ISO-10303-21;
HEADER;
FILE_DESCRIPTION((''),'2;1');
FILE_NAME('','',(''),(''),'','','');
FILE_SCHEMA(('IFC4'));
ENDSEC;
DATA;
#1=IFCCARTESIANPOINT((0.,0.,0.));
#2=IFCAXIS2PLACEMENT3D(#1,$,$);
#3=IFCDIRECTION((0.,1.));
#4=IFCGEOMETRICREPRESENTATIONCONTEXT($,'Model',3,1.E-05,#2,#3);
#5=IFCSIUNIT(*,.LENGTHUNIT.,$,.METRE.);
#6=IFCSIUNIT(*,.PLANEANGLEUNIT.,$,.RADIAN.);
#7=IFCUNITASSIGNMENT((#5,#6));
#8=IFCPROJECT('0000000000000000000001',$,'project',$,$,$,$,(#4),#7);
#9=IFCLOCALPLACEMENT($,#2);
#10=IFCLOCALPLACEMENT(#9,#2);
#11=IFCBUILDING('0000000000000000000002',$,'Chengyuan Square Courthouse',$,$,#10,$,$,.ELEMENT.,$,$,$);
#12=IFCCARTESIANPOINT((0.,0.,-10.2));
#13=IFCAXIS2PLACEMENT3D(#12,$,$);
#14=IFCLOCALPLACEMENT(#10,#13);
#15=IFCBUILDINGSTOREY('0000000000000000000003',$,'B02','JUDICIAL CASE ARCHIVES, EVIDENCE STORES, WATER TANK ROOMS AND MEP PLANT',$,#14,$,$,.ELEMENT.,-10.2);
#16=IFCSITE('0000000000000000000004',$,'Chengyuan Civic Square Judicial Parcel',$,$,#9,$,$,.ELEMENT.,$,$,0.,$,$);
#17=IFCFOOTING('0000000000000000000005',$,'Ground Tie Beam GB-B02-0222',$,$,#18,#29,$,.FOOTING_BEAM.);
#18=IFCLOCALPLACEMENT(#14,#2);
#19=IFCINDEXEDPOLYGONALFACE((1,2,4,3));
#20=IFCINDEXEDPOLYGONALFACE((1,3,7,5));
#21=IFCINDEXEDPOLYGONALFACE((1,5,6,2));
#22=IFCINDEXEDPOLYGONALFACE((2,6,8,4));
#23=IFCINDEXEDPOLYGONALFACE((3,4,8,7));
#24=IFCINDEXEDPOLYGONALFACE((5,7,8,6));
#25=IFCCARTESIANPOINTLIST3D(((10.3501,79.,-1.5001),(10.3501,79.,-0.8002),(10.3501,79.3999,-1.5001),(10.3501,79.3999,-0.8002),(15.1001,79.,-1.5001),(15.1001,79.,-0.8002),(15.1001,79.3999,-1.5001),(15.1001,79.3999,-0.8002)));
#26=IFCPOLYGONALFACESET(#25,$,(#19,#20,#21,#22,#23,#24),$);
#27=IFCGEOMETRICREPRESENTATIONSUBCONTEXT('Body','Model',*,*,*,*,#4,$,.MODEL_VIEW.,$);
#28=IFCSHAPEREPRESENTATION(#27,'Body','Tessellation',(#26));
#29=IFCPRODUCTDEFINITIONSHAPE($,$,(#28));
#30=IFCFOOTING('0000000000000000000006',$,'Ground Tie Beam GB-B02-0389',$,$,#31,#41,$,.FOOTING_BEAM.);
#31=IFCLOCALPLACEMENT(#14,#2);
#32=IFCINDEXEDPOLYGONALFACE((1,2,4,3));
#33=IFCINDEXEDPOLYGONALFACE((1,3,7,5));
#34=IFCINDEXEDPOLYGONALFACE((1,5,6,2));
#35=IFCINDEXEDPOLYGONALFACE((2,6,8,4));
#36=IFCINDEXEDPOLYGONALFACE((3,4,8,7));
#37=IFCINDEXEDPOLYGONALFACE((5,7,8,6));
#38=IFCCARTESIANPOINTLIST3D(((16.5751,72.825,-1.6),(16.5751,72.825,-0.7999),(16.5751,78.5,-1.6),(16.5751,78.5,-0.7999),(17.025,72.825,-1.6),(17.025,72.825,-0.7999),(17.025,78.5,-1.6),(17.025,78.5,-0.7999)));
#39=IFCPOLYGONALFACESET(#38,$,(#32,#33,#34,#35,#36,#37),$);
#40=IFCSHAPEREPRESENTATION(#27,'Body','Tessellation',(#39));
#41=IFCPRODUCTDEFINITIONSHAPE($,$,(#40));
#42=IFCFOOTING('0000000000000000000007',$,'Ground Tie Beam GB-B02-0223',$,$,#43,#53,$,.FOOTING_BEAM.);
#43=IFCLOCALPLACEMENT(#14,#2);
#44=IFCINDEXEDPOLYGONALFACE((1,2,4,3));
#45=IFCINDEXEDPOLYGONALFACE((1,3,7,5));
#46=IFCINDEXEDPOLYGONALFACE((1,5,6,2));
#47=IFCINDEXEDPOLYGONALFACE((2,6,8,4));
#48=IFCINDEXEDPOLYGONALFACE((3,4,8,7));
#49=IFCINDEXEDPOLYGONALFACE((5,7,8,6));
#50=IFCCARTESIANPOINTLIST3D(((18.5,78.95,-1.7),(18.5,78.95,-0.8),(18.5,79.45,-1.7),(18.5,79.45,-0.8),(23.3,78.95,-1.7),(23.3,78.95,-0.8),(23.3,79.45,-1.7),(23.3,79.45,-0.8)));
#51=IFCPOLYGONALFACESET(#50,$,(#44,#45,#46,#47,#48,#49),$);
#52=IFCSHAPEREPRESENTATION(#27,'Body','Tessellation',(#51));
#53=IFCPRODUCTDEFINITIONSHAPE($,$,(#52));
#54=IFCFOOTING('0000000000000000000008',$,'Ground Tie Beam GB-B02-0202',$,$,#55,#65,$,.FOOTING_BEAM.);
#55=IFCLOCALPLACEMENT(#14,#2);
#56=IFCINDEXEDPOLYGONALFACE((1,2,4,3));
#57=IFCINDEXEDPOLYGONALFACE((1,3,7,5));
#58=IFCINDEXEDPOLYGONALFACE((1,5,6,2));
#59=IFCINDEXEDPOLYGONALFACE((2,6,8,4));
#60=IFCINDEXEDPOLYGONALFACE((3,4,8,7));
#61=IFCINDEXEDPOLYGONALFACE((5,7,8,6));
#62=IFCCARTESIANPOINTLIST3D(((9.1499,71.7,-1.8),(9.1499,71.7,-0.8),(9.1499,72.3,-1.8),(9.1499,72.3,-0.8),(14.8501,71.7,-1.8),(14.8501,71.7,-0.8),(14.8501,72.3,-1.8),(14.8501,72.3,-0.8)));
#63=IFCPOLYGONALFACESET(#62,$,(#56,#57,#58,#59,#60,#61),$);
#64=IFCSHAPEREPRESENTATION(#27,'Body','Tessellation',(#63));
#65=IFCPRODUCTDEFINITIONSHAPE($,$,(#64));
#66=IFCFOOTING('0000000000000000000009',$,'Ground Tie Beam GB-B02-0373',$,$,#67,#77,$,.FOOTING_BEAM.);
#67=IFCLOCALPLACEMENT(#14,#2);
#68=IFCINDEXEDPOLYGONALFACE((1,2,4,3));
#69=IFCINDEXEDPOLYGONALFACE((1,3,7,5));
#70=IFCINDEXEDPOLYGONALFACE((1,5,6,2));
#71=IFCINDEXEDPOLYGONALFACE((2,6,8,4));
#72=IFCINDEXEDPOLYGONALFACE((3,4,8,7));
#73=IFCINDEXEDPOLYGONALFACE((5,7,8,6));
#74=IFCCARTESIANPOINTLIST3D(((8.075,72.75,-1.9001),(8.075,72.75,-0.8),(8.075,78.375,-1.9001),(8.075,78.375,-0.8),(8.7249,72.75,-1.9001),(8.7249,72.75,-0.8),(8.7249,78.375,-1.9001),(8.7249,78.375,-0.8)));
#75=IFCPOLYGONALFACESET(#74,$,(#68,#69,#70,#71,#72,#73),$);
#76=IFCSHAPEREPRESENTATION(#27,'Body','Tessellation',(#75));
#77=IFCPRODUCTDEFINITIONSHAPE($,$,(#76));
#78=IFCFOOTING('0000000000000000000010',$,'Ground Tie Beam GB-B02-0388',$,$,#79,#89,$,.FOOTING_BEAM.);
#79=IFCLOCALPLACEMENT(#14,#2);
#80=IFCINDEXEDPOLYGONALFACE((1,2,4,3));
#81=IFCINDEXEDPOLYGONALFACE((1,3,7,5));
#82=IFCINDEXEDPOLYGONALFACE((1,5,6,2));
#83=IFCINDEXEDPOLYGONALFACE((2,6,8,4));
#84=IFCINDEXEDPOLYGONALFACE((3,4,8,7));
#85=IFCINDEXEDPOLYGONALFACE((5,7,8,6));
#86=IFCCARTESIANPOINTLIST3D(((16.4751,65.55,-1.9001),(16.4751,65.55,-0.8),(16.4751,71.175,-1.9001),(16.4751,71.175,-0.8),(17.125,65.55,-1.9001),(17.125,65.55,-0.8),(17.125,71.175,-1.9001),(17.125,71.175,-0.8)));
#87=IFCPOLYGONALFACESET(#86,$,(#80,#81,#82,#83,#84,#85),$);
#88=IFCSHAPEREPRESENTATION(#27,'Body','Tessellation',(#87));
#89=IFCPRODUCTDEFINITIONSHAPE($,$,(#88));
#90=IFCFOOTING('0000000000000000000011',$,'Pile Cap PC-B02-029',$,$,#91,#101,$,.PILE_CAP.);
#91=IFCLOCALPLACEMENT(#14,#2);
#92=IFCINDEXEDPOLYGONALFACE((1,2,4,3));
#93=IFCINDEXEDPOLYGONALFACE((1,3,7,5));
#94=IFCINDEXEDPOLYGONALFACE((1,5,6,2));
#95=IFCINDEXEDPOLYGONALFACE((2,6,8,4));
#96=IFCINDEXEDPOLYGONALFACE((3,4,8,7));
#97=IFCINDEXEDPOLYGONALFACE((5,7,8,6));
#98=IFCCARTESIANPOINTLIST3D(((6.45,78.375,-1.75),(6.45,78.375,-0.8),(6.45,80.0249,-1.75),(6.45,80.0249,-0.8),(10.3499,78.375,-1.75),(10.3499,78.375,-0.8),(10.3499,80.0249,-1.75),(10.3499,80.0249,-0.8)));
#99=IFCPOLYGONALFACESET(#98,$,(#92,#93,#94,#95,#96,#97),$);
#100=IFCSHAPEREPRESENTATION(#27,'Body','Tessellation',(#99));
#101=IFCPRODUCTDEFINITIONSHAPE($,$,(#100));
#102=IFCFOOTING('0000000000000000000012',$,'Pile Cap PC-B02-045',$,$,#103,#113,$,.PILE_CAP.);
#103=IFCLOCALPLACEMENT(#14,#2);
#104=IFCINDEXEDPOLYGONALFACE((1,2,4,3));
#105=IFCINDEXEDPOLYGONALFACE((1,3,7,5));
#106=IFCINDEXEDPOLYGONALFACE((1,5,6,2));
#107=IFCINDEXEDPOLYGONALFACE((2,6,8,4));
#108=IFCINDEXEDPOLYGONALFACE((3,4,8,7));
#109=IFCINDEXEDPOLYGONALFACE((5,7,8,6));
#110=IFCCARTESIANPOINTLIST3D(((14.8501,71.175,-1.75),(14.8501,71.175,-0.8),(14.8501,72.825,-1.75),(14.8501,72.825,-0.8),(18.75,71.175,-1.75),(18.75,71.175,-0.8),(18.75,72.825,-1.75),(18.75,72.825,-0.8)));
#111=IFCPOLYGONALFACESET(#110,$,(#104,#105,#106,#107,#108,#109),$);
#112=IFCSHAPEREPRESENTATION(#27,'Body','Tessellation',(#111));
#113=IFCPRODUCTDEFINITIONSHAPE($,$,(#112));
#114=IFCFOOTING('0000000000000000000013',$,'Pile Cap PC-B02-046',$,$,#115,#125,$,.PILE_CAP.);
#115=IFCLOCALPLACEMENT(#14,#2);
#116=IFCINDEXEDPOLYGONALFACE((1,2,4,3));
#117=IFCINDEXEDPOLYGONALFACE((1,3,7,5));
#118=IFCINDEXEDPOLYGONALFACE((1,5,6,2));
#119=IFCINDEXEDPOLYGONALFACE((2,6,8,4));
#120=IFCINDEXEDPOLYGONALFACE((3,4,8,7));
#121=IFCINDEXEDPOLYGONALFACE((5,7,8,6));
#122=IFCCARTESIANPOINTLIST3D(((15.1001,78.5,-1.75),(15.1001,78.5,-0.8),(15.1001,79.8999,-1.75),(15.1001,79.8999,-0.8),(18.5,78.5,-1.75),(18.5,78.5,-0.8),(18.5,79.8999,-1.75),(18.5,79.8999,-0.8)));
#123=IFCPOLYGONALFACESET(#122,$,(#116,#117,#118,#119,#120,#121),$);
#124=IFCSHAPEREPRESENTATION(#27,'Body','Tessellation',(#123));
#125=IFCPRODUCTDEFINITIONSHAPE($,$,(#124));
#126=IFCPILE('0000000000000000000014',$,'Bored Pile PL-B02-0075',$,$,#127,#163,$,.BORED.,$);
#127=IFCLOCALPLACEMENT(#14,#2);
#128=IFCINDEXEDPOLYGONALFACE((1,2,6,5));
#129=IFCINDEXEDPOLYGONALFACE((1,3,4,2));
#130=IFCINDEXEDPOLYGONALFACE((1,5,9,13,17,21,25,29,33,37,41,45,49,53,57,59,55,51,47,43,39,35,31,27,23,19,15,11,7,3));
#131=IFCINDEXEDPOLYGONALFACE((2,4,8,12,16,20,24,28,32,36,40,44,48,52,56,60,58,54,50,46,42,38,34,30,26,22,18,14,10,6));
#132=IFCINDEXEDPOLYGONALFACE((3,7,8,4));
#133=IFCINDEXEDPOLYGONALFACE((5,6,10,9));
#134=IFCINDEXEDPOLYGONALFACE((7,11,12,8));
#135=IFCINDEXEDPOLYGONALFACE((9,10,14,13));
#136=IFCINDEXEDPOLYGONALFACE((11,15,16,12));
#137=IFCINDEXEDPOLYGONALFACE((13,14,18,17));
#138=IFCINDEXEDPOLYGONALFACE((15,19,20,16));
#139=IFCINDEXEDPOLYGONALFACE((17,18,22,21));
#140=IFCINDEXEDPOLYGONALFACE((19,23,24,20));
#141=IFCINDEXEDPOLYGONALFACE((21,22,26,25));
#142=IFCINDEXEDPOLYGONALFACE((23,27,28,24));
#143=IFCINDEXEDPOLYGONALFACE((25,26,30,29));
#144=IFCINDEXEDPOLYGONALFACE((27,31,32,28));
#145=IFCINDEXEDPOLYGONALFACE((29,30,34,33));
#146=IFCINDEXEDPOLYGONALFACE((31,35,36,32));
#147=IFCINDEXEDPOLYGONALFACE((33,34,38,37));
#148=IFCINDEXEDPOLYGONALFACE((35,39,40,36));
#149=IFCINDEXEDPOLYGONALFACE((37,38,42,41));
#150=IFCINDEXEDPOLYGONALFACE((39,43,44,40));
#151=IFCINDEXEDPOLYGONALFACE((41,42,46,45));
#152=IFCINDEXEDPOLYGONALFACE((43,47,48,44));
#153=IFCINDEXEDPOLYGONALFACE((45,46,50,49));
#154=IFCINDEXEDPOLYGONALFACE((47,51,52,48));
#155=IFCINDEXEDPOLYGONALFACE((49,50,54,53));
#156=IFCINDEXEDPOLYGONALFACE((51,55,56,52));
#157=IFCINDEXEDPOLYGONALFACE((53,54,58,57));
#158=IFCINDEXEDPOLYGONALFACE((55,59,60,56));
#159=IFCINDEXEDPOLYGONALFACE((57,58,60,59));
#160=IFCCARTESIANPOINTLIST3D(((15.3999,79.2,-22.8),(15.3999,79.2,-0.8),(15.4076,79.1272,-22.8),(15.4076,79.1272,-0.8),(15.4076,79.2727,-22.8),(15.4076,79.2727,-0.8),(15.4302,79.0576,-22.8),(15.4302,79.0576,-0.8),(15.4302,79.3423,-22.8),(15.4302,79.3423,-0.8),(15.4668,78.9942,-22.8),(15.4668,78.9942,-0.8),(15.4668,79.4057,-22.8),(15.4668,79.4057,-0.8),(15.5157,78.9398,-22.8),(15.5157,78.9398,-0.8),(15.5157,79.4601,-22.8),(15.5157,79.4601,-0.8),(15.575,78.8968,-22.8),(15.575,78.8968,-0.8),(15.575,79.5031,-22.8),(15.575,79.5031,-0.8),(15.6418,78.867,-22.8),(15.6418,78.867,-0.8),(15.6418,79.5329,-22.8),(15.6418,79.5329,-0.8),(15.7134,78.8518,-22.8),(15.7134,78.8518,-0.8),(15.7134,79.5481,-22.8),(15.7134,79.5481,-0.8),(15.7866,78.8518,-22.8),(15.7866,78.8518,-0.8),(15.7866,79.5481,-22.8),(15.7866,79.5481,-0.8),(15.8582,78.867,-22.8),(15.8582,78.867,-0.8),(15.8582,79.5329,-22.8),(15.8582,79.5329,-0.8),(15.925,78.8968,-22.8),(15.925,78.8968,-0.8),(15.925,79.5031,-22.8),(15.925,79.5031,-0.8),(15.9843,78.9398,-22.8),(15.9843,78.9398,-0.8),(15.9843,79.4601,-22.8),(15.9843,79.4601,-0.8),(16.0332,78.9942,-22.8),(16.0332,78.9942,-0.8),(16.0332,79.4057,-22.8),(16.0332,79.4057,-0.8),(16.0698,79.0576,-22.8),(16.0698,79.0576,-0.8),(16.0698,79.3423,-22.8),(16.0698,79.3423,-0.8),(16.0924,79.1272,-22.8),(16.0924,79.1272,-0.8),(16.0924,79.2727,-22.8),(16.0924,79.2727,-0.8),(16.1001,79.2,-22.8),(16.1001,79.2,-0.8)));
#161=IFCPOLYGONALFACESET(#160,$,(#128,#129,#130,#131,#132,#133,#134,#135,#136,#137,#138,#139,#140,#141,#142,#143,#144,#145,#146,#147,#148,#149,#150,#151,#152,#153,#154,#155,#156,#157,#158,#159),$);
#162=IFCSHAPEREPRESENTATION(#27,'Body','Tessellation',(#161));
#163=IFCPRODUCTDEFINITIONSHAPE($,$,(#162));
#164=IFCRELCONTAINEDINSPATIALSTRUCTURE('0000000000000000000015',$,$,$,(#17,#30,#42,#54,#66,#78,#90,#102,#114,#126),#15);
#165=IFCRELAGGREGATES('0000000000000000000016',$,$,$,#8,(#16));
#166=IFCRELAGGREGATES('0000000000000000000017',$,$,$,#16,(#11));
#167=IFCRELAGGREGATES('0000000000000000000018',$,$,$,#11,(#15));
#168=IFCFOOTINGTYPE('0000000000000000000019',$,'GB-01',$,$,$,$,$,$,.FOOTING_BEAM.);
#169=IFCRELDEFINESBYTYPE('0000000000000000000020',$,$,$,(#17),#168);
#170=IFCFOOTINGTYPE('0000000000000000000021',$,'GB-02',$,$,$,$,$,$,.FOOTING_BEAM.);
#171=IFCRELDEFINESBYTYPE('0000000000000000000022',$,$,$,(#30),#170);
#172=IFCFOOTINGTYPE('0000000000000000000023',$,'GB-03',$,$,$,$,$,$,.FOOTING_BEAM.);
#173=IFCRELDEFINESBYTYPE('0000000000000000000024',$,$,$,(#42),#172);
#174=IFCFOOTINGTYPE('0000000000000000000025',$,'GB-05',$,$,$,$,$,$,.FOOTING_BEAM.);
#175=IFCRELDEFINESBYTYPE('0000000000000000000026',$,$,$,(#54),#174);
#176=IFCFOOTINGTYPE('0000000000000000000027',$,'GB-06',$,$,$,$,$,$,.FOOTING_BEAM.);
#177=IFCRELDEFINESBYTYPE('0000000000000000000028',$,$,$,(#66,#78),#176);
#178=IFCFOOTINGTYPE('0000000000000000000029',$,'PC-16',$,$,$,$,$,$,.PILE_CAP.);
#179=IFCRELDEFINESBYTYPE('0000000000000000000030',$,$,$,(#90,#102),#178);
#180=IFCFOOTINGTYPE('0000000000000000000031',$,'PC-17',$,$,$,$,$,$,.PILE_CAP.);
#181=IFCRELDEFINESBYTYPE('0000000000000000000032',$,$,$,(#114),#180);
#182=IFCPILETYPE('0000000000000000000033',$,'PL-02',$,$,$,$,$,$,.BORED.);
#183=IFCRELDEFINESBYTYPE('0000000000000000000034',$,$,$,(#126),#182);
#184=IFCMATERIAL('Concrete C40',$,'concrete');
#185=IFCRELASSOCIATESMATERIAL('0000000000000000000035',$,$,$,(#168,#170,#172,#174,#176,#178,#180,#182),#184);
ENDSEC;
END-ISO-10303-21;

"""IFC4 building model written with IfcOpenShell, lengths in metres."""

from ifc_helpers import new_model, si_unit, direction, frame, origin, origin_2d, place, context, subcontext, project, spatial, rectangle, circle, extrude, material, material_profile, profile_set, type_object, element, save


model = new_model("IFC4")

# Units and contexts
model_context = context("Model", 3, precision=1e-05, world=origin(), true_north=direction((0.0, 1.0)))
body_context = subcontext(model_context, "Body", "Model", "MODEL_VIEW")
ifc_project = project(units=[si_unit("LENGTHUNIT", "METRE"), si_unit("PLANEANGLEUNIT", "RADIAN")], contexts=[model_context])

# Site, building, storey
site_placement = place(None, origin())
site = spatial("IfcSite", under=ifc_project, at=site_placement, Name="Chengyuan Civic Square Judicial Parcel", CompositionType="ELEMENT", RefElevation=0.0)
building_placement = place(site_placement, origin())
building = spatial("IfcBuilding", under=site, at=building_placement, Name="Chengyuan Square Courthouse", CompositionType="ELEMENT")
storey_placement = place(building_placement, frame((0.0, 0.0, -10.2)))
storey = spatial("IfcBuildingStorey", under=building, at=storey_placement, Name="B02", Description="JUDICIAL CASE ARCHIVES, EVIDENCE STORES, WATER TANK ROOMS AND MEP PLANT", CompositionType="ELEMENT", Elevation=-10.2)

# Footings
ifc_material_1 = material(Name="Concrete C40", Category="concrete")
ifc_material_profile_1 = material_profile(ifc_material_1, rectangle(XDim=0.3999, YDim=0.7, at=origin_2d()), Name="GB-400x700")
ifc_profile_set_1 = profile_set([ifc_material_profile_1], Name="Concrete C40")
footing_type_1 = type_object("IfcFootingType", Name="GB-01", PredefinedType="FOOTING_BEAM", material=ifc_profile_set_1)
footing_1_placement = place(storey_placement, frame((10.3501, 79.2, -1.1501), z_axis=(1.0, 0.0, 0.0), x_axis=(0.0, 1.0, 0.0)))
element("IfcFooting", 1, at=footing_1_placement, inside=storey, type_object=footing_type_1, Name="Ground Tie Beam GB-B02-0222", PredefinedType="FOOTING_BEAM", context=body_context, shape_type="SweptSolid", body=[
    extrude(rectangle(XDim=0.3999, YDim=0.7, at=origin_2d()), origin(), (0.0, 0.0, 1.0), 4.75),
])
ifc_material_profile_2 = material_profile(ifc_material_1, rectangle(XDim=0.45, YDim=0.8, at=origin_2d()), Name="GB-450x800")
ifc_profile_set_2 = profile_set([ifc_material_profile_2], Name="Concrete C40")
footing_type_2 = type_object("IfcFootingType", Name="GB-02", PredefinedType="FOOTING_BEAM", material=ifc_profile_set_2)
footing_2_placement = place(storey_placement, frame((16.8, 72.825, -1.2), z_axis=(0.0, 1.0, 0.0), x_axis=(-1.0, 0.0, 0.0)))
element("IfcFooting", 2, at=footing_2_placement, inside=storey, type_object=footing_type_2, Name="Ground Tie Beam GB-B02-0389", PredefinedType="FOOTING_BEAM", context=body_context, shape_type="SweptSolid", body=[
    extrude(rectangle(XDim=0.45, YDim=0.8, at=origin_2d()), origin(), (0.0, 0.0, 1.0), 5.675),
])
ifc_material_profile_3 = material_profile(ifc_material_1, rectangle(XDim=0.5, YDim=0.8999, at=origin_2d()), Name="GB-500x900")
ifc_profile_set_3 = profile_set([ifc_material_profile_3], Name="Concrete C40")
footing_type_3 = type_object("IfcFootingType", Name="GB-03", PredefinedType="FOOTING_BEAM", material=ifc_profile_set_3)
footing_3_placement = place(storey_placement, frame((18.5, 79.2, -1.25), z_axis=(1.0, 0.0, 0.0), x_axis=(0.0, 1.0, 0.0)))
element("IfcFooting", 3, at=footing_3_placement, inside=storey, type_object=footing_type_3, Name="Ground Tie Beam GB-B02-0223", PredefinedType="FOOTING_BEAM", context=body_context, shape_type="SweptSolid", body=[
    extrude(rectangle(XDim=0.5, YDim=0.8999, at=origin_2d()), origin(), (0.0, 0.0, 1.0), 4.8),
])
ifc_material_profile_4 = material_profile(ifc_material_1, rectangle(XDim=0.6001, YDim=1.0, at=origin_2d()), Name="GB-600x1000")
ifc_profile_set_4 = profile_set([ifc_material_profile_4], Name="Concrete C40")
footing_type_4 = type_object("IfcFootingType", Name="GB-05", PredefinedType="FOOTING_BEAM", material=ifc_profile_set_4)
footing_4_placement = place(storey_placement, frame((9.1499, 72.0, -1.3), z_axis=(1.0, 0.0, 0.0), x_axis=(0.0, 1.0, 0.0)))
element("IfcFooting", 4, at=footing_4_placement, inside=storey, type_object=footing_type_4, Name="Ground Tie Beam GB-B02-0202", PredefinedType="FOOTING_BEAM", context=body_context, shape_type="SweptSolid", body=[
    extrude(rectangle(XDim=0.6001, YDim=1.0, at=origin_2d()), origin(), (0.0, 0.0, 1.0), 5.7002),
])
ifc_material_profile_5 = material_profile(ifc_material_1, rectangle(XDim=0.6499, YDim=1.1001, at=origin_2d()), Name="GB-650x1100")
ifc_profile_set_5 = profile_set([ifc_material_profile_5], Name="Concrete C40")
footing_type_5 = type_object("IfcFootingType", Name="GB-06", PredefinedType="FOOTING_BEAM", material=ifc_profile_set_5)
for number, where, z_axis, x_axis, name in (
    (5, (8.3999, 72.75, -1.3501), (0.0, 1.0, 0.0), (-1.0, 0.0, 0.0), "Ground Tie Beam GB-B02-0373"),
    (6, (16.8, 65.55, -1.3501), (0.0, 1.0, 0.0), (-1.0, 0.0, 0.0), "Ground Tie Beam GB-B02-0388"),
):
    element("IfcFooting", number, at=place(storey_placement, frame(where, z_axis=z_axis, x_axis=x_axis)), inside=storey, type_object=footing_type_5, Name=name, PredefinedType="FOOTING_BEAM", context=body_context, shape_type="SweptSolid", body=[
        extrude(rectangle(XDim=0.6499, YDim=1.1001, at=origin_2d()), origin(), (0.0, 0.0, 1.0), 5.625),
    ])
footing_type_6 = type_object("IfcFootingType", Name="PC-16", PredefinedType="PILE_CAP", material=ifc_material_1)
for number, where, z_axis, x_axis, name in (
    (7, (8.3999, 79.2, -1.75), (0.0, 0.0, 1.0), (1.0, 0.0, 0.0), "Pile Cap PC-B02-029"),
    (8, (16.8, 72.0, -1.75), (0.0, 0.0, 1.0), (1.0, 0.0, 0.0), "Pile Cap PC-B02-045"),
):
    element("IfcFooting", number, at=place(storey_placement, frame(where, z_axis=z_axis, x_axis=x_axis)), inside=storey, type_object=footing_type_6, Name=name, PredefinedType="PILE_CAP", context=body_context, shape_type="SweptSolid", body=[
        extrude(rectangle(XDim=3.8999, YDim=1.6499, at=origin_2d()), origin(), (0.0, 0.0, 1.0), 0.95),
    ])
footing_type_7 = type_object("IfcFootingType", Name="PC-17", PredefinedType="PILE_CAP", material=ifc_material_1)
footing_5_placement = place(storey_placement, frame((16.8, 79.2, -1.75), z_axis=(0.0, 0.0, 1.0), x_axis=(1.0, 0.0, 0.0)))
element("IfcFooting", 9, at=footing_5_placement, inside=storey, type_object=footing_type_7, Name="Pile Cap PC-B02-046", PredefinedType="PILE_CAP", context=body_context, shape_type="SweptSolid", body=[
    extrude(rectangle(XDim=3.3999, YDim=1.3999, at=origin_2d()), origin(), (0.0, 0.0, 1.0), 0.95),
])

# Pile
ifc_material_profile_6 = material_profile(ifc_material_1, circle(Radius=0.3501, at=origin_2d()), Name="BORED PILE D700")
ifc_profile_set_6 = profile_set([ifc_material_profile_6], Name="Concrete C40")
pile_type_1 = type_object("IfcPileType", Name="PL-02", PredefinedType="BORED", material=ifc_profile_set_6)
for number, where, z_axis, x_axis, name in (
    (10, (15.75, 79.2, -0.8), (0.0, 0.0, -1.0), (1.0, 0.0, 0.0), "Bored Pile PL-B02-0075"),
):
    element("IfcPile", number, at=place(storey_placement, frame(where, z_axis=z_axis, x_axis=x_axis)), inside=storey, type_object=pile_type_1, Name=name, PredefinedType="BORED", context=body_context, shape_type="SweptSolid", body=[
        extrude(circle(Radius=0.3501, at=origin_2d()), origin(), (0.0, 0.0, 1.0), 22.0),
    ])

save(model, "model.ifc")
